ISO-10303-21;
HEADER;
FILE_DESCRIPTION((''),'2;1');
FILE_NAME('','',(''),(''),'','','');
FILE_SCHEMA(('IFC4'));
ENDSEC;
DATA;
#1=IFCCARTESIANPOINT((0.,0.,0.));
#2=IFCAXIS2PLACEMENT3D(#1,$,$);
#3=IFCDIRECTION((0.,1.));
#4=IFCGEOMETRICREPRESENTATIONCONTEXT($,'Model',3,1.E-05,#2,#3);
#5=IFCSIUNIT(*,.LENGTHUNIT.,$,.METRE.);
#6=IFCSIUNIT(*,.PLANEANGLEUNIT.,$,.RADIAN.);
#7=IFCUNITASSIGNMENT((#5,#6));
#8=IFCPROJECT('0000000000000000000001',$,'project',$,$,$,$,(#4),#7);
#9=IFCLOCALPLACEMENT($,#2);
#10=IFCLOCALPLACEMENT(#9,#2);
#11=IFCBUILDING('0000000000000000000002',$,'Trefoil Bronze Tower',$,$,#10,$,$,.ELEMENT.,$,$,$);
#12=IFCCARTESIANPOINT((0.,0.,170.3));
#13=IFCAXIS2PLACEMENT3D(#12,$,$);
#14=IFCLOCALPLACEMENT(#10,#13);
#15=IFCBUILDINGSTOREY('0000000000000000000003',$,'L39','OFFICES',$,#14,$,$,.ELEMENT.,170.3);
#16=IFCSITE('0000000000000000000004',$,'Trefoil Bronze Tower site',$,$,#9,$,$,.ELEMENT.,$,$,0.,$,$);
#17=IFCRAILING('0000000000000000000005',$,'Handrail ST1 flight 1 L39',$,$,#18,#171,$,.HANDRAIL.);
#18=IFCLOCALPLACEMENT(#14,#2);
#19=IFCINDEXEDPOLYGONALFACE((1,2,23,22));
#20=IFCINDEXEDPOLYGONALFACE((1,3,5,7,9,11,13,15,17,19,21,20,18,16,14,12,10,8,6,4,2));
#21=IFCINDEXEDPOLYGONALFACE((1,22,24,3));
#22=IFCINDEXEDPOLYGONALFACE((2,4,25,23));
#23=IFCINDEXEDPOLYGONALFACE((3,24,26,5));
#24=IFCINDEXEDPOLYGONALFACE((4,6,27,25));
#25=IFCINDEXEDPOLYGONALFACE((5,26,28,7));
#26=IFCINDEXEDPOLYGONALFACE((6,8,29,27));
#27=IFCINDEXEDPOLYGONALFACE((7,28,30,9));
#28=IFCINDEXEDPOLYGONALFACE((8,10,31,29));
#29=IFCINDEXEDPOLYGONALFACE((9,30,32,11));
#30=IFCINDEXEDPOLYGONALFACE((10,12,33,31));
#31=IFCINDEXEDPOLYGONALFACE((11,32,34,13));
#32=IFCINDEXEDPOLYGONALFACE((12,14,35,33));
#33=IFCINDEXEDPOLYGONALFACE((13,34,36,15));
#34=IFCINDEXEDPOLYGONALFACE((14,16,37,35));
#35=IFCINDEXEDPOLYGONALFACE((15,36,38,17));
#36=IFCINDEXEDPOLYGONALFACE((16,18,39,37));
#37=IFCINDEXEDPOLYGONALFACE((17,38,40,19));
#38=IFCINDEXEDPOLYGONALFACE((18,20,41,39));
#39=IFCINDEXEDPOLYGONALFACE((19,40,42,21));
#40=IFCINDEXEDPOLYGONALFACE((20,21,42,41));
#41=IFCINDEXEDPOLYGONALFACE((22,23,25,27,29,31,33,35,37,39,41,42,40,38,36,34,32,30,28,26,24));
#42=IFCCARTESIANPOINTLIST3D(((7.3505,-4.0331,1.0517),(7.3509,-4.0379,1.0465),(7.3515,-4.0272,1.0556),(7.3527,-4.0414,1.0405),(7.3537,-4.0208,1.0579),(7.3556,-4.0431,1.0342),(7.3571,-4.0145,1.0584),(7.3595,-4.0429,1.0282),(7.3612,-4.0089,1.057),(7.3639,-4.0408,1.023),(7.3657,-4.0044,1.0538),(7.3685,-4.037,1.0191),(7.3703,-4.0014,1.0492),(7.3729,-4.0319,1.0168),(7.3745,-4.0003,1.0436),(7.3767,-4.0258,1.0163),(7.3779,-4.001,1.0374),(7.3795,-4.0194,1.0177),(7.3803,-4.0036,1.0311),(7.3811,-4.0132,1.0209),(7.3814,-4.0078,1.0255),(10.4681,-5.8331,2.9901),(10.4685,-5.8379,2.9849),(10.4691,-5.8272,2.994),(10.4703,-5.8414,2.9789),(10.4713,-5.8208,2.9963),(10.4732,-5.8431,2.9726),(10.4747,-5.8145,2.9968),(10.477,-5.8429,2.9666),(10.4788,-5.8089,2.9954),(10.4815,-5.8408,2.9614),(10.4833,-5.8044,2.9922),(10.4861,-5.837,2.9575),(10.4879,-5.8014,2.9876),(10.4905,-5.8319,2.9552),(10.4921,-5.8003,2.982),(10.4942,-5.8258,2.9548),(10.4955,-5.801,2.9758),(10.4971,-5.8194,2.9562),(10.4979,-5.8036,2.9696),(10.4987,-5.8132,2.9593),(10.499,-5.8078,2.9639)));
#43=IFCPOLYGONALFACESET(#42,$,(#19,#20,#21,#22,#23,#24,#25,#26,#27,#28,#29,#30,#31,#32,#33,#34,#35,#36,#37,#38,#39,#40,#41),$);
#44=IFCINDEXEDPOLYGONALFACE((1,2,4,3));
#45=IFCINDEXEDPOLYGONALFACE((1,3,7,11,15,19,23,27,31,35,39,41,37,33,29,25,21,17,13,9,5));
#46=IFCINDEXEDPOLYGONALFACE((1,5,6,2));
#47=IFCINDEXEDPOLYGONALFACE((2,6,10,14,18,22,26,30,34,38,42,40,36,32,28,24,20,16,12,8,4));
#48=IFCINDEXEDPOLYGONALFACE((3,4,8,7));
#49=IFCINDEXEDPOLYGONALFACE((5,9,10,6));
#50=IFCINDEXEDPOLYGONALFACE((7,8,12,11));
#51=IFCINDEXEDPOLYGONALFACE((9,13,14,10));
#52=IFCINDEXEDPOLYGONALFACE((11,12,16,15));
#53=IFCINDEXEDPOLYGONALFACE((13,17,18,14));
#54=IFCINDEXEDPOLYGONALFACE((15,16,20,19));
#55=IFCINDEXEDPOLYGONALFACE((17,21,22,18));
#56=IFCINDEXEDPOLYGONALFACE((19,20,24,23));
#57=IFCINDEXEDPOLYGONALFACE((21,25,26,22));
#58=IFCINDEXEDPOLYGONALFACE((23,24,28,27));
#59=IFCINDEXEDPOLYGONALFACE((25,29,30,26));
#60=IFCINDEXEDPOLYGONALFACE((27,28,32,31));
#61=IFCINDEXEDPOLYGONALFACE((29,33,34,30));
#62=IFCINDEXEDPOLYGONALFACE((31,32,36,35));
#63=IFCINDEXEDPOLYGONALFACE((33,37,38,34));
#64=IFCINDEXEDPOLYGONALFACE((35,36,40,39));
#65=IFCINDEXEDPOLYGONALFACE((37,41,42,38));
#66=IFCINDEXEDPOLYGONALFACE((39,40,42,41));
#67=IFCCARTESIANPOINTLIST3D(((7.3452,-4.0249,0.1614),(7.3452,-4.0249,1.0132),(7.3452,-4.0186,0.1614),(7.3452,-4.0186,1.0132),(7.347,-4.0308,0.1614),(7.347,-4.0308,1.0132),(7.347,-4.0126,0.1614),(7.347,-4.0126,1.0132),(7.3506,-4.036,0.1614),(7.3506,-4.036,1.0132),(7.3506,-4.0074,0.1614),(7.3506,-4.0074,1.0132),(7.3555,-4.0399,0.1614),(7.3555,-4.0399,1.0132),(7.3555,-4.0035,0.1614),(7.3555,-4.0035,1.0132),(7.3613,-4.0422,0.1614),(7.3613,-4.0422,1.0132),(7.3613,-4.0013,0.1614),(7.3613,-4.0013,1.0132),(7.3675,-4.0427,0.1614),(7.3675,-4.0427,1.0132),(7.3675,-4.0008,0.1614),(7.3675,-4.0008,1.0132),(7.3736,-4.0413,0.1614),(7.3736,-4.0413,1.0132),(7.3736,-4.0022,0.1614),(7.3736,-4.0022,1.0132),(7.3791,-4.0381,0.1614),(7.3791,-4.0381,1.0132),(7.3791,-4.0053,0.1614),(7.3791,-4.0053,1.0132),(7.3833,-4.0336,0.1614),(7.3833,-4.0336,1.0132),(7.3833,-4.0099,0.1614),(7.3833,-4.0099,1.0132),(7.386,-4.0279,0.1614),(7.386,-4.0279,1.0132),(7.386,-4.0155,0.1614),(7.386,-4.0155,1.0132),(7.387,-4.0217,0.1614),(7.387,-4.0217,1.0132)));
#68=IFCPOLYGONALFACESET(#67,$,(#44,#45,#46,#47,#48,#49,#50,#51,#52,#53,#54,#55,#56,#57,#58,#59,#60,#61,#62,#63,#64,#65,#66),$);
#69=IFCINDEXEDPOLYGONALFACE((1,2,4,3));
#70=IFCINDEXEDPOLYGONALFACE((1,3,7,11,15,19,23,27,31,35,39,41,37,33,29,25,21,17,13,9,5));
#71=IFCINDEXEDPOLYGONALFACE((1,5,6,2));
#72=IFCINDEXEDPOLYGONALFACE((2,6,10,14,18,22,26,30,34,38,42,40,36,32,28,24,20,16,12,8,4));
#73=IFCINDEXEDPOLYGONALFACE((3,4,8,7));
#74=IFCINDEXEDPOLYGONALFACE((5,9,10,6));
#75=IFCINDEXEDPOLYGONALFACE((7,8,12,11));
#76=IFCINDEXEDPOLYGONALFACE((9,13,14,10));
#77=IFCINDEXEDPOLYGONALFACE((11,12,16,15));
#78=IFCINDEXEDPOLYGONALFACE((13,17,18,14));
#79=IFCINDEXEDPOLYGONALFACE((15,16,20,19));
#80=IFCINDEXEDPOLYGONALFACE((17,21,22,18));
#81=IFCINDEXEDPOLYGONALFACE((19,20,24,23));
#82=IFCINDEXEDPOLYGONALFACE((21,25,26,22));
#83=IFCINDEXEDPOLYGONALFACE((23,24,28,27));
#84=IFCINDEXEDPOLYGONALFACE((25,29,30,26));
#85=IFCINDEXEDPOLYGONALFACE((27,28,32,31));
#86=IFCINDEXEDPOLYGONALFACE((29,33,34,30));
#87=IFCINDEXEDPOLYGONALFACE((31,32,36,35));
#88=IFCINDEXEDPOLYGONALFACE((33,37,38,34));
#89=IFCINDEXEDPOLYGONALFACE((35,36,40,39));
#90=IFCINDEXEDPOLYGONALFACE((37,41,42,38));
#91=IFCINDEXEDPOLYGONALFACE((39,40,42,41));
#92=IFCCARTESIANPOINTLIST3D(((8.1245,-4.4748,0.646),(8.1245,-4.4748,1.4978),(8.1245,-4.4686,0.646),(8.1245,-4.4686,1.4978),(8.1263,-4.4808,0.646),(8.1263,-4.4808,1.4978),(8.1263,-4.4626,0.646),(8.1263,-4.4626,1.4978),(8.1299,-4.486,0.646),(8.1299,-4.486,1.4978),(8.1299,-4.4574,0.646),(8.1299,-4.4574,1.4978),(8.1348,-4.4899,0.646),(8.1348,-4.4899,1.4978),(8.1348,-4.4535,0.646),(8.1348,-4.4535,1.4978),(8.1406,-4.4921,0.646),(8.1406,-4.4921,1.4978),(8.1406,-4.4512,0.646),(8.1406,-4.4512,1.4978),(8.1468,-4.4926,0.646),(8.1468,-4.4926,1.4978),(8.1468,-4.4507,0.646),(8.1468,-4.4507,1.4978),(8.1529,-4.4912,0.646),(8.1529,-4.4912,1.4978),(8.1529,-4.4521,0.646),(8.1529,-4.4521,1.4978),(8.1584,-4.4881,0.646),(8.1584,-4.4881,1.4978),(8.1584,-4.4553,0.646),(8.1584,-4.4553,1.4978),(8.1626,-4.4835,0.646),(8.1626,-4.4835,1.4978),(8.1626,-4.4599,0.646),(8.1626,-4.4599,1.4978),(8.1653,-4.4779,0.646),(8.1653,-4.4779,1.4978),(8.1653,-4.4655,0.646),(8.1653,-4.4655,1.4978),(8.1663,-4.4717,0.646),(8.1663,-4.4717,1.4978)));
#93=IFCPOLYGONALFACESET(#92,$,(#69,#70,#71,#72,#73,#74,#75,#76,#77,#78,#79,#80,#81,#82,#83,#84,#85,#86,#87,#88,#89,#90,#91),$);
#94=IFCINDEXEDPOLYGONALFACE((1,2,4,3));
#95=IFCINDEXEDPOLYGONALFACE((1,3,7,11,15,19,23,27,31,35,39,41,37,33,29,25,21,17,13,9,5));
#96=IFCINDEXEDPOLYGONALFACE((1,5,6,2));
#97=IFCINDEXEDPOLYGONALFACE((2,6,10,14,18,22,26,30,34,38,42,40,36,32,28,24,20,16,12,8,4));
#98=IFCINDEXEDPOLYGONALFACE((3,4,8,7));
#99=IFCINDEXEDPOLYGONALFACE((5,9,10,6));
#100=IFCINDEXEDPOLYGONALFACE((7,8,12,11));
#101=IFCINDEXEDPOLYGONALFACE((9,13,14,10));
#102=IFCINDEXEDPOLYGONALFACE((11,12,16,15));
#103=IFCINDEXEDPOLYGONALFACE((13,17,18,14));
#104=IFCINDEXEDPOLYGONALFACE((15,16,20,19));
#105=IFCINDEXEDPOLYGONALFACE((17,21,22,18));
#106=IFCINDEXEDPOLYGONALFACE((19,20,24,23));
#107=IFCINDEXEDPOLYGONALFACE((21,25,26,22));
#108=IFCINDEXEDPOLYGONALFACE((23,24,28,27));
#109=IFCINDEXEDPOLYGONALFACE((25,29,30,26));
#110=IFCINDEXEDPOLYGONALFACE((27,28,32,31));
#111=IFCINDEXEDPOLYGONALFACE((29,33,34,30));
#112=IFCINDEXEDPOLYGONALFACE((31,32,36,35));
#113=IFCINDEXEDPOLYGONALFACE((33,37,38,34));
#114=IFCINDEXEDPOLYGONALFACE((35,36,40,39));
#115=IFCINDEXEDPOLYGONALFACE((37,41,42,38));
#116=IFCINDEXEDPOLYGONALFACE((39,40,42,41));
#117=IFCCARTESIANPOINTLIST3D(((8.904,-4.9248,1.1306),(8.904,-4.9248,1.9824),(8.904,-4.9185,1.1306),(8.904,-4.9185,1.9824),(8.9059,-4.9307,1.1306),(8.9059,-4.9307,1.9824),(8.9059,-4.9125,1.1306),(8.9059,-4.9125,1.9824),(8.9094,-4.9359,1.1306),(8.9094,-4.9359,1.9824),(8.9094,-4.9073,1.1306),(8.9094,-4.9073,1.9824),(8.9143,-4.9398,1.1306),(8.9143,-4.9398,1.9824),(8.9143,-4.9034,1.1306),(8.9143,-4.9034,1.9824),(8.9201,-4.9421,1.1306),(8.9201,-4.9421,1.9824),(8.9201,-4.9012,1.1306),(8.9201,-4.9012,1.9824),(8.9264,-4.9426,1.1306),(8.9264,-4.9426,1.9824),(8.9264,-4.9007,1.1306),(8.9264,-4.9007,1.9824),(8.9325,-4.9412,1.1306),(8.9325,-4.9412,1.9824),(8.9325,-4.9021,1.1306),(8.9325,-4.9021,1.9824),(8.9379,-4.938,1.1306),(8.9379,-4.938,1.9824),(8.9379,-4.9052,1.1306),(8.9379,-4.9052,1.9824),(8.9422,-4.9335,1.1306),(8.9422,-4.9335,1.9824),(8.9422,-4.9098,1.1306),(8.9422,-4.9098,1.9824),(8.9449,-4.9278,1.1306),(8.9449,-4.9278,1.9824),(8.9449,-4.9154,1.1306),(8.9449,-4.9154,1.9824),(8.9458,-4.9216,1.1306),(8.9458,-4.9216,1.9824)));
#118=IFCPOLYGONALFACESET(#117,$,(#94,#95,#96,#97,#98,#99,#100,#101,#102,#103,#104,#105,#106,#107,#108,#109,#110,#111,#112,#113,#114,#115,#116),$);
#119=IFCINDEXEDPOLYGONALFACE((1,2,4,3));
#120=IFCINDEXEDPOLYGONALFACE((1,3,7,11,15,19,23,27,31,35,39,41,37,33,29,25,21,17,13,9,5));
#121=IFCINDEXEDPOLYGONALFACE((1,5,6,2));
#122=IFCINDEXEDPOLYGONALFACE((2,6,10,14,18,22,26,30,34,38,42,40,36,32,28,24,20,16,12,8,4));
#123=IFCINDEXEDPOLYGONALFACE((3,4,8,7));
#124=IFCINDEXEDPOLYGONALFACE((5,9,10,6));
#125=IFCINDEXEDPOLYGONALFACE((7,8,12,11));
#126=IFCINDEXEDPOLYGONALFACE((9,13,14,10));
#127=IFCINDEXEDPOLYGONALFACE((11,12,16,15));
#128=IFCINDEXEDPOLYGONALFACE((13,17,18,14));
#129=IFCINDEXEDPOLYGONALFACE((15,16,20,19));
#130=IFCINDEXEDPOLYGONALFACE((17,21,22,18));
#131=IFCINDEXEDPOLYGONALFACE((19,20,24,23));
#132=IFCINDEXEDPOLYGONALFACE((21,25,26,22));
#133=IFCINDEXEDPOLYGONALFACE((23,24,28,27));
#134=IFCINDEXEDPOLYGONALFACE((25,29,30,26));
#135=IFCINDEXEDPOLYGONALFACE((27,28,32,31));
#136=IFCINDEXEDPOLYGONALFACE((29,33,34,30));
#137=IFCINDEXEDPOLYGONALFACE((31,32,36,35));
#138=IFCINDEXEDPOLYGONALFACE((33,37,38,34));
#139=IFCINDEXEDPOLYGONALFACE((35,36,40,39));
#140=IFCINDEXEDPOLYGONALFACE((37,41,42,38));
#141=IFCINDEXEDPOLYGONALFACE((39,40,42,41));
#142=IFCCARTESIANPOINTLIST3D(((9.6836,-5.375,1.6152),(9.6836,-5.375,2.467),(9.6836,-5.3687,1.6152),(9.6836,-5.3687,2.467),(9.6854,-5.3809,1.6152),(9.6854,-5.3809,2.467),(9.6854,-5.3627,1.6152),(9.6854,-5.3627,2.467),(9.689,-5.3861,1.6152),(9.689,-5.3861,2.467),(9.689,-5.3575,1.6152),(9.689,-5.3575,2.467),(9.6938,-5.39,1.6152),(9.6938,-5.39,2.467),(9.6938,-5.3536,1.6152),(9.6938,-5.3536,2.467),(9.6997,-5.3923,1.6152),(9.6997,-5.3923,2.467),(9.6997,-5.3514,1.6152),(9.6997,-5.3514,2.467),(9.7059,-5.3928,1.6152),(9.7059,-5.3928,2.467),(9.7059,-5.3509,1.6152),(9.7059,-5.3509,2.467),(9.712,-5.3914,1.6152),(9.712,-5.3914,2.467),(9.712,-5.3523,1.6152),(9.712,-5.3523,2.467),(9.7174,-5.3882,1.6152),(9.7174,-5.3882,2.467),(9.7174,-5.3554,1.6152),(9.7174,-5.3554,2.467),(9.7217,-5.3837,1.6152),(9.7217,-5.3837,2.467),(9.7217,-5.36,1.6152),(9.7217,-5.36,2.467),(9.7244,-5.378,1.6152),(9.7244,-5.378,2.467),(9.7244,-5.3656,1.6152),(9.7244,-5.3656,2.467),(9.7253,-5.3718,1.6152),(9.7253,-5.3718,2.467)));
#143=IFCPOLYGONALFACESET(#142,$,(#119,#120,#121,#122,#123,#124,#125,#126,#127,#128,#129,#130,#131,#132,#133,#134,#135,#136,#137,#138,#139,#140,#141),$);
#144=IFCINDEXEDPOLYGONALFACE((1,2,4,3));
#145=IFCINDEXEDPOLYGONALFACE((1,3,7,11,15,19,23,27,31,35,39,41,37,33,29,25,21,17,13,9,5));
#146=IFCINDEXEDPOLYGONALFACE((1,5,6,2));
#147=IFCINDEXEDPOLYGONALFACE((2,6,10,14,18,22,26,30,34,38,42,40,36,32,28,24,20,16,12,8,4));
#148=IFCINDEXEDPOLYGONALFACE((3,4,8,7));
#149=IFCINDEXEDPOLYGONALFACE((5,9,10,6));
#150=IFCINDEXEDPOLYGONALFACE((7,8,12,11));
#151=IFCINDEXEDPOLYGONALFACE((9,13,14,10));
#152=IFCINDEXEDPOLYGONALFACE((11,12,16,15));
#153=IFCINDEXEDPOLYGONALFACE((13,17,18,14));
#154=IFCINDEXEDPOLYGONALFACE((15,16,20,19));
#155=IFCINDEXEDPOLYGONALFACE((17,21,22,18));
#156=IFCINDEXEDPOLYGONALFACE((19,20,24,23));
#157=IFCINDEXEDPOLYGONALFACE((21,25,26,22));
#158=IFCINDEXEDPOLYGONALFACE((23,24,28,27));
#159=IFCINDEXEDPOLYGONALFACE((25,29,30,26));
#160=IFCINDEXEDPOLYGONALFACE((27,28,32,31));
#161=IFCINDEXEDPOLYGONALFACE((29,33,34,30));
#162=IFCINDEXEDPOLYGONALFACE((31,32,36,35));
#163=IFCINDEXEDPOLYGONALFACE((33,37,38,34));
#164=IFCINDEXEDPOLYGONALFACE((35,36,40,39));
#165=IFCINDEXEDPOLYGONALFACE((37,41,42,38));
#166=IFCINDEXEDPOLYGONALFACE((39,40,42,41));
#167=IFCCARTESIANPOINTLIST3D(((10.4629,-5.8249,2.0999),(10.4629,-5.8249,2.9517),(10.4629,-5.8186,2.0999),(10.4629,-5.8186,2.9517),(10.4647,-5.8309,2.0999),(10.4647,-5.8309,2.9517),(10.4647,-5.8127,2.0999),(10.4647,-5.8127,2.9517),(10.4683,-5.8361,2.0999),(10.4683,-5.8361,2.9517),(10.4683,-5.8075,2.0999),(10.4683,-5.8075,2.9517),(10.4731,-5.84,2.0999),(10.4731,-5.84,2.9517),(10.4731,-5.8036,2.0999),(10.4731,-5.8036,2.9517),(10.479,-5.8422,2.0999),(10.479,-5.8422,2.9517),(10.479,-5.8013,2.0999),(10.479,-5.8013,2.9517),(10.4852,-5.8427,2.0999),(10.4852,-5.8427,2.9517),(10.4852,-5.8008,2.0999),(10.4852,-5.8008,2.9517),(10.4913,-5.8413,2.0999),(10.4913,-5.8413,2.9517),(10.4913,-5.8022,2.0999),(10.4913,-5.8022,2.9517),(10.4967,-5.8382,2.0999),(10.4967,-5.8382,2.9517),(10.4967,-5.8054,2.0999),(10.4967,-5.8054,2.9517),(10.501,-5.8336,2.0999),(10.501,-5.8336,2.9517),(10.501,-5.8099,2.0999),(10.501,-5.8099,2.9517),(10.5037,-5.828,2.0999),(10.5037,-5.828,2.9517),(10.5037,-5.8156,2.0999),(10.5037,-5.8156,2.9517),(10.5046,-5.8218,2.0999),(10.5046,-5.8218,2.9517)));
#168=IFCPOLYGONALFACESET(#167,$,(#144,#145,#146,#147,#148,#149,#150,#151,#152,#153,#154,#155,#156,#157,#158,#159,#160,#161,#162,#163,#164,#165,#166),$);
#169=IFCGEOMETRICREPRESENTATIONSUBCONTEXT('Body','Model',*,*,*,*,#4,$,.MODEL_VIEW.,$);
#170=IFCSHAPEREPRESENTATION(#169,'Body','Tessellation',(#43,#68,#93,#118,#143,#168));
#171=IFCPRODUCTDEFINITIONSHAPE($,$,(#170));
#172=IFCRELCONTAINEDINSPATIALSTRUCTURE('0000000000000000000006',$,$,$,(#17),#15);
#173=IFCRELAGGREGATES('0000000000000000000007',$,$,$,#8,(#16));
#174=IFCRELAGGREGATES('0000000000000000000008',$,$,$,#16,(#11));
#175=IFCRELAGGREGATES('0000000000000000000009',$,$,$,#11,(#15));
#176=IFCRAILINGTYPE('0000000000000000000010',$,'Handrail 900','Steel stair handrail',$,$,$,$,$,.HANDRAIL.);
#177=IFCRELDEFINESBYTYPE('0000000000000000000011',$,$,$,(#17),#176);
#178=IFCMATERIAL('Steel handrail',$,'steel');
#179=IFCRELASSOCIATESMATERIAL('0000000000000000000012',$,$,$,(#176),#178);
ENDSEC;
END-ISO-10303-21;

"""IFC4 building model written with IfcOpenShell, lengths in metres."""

from ifc_helpers import new_model, si_unit, direction, frame, origin, origin_2d, place, context, subcontext, project, spatial, circle, extrude, material, type_object, element, save


model = new_model("IFC4")

# Units and contexts
model_context = context("Model", 3, precision=1e-05, world=origin(), true_north=direction((0.0, 1.0)))
body_context = subcontext(model_context, "Body", "Model", "MODEL_VIEW")
ifc_project = project(units=[si_unit("LENGTHUNIT", "METRE"), si_unit("PLANEANGLEUNIT", "RADIAN")], contexts=[model_context])

# Site, building, storey
site_placement = place(None, origin())
site = spatial("IfcSite", under=ifc_project, at=site_placement, Name="Trefoil Bronze Tower site", CompositionType="ELEMENT", RefElevation=0.0)
building_placement = place(site_placement, origin())
building = spatial("IfcBuilding", under=site, at=building_placement, Name="Trefoil Bronze Tower", CompositionType="ELEMENT")
storey_placement = place(building_placement, frame((0.0, 0.0, 170.3)))
storey = spatial("IfcBuildingStorey", under=building, at=storey_placement, Name="L39", Description="OFFICES", CompositionType="ELEMENT", Elevation=170.3)

# Railing
ifc_material_1 = material(Name="Steel handrail", Category="steel")
railing_type = type_object("IfcRailingType", Name="Handrail 900", Description="Steel stair handrail", PredefinedType="HANDRAIL", material=ifc_material_1)
railing_placement = place(storey_placement, frame((7.366, -4.0217, 0.1614)))
element("IfcRailing", 1, at=railing_placement, inside=storey, type_object=railing_type, Name="Handrail ST1 flight 1 L39", PredefinedType="HANDRAIL", context=body_context, shape_type="SweptSolid", body=[
    extrude(circle(Radius=0.0239, at=origin_2d()), frame((0.0, 0.0, 0.876), z_axis=(0.762503, -0.440246, 0.474102), x_axis=(0.500012, 0.866018, 0.0)), (0.0, 0.0, 1.0), 4.0886),
    extrude(circle(Radius=0.021, at=origin_2d()), origin(), (0.0, 0.0, 1.0), 0.8518),
    extrude(circle(Radius=0.021, at=origin_2d()), frame((0.7793, -0.45, 0.4846)), (0.0, 0.0, 1.0), 0.8518),
    extrude(circle(Radius=0.021, at=origin_2d()), frame((1.5588, -0.8999, 0.9692)), (0.0, 0.0, 1.0), 0.8518),
    extrude(circle(Radius=0.021, at=origin_2d()), frame((2.3384, -1.3501, 1.4539)), (0.0, 0.0, 1.0), 0.8518),
    extrude(circle(Radius=0.021, at=origin_2d()), frame((3.1177, -1.8, 1.9385)), (0.0, 0.0, 1.0), 0.8518),
])

save(model, "model.ifc")
